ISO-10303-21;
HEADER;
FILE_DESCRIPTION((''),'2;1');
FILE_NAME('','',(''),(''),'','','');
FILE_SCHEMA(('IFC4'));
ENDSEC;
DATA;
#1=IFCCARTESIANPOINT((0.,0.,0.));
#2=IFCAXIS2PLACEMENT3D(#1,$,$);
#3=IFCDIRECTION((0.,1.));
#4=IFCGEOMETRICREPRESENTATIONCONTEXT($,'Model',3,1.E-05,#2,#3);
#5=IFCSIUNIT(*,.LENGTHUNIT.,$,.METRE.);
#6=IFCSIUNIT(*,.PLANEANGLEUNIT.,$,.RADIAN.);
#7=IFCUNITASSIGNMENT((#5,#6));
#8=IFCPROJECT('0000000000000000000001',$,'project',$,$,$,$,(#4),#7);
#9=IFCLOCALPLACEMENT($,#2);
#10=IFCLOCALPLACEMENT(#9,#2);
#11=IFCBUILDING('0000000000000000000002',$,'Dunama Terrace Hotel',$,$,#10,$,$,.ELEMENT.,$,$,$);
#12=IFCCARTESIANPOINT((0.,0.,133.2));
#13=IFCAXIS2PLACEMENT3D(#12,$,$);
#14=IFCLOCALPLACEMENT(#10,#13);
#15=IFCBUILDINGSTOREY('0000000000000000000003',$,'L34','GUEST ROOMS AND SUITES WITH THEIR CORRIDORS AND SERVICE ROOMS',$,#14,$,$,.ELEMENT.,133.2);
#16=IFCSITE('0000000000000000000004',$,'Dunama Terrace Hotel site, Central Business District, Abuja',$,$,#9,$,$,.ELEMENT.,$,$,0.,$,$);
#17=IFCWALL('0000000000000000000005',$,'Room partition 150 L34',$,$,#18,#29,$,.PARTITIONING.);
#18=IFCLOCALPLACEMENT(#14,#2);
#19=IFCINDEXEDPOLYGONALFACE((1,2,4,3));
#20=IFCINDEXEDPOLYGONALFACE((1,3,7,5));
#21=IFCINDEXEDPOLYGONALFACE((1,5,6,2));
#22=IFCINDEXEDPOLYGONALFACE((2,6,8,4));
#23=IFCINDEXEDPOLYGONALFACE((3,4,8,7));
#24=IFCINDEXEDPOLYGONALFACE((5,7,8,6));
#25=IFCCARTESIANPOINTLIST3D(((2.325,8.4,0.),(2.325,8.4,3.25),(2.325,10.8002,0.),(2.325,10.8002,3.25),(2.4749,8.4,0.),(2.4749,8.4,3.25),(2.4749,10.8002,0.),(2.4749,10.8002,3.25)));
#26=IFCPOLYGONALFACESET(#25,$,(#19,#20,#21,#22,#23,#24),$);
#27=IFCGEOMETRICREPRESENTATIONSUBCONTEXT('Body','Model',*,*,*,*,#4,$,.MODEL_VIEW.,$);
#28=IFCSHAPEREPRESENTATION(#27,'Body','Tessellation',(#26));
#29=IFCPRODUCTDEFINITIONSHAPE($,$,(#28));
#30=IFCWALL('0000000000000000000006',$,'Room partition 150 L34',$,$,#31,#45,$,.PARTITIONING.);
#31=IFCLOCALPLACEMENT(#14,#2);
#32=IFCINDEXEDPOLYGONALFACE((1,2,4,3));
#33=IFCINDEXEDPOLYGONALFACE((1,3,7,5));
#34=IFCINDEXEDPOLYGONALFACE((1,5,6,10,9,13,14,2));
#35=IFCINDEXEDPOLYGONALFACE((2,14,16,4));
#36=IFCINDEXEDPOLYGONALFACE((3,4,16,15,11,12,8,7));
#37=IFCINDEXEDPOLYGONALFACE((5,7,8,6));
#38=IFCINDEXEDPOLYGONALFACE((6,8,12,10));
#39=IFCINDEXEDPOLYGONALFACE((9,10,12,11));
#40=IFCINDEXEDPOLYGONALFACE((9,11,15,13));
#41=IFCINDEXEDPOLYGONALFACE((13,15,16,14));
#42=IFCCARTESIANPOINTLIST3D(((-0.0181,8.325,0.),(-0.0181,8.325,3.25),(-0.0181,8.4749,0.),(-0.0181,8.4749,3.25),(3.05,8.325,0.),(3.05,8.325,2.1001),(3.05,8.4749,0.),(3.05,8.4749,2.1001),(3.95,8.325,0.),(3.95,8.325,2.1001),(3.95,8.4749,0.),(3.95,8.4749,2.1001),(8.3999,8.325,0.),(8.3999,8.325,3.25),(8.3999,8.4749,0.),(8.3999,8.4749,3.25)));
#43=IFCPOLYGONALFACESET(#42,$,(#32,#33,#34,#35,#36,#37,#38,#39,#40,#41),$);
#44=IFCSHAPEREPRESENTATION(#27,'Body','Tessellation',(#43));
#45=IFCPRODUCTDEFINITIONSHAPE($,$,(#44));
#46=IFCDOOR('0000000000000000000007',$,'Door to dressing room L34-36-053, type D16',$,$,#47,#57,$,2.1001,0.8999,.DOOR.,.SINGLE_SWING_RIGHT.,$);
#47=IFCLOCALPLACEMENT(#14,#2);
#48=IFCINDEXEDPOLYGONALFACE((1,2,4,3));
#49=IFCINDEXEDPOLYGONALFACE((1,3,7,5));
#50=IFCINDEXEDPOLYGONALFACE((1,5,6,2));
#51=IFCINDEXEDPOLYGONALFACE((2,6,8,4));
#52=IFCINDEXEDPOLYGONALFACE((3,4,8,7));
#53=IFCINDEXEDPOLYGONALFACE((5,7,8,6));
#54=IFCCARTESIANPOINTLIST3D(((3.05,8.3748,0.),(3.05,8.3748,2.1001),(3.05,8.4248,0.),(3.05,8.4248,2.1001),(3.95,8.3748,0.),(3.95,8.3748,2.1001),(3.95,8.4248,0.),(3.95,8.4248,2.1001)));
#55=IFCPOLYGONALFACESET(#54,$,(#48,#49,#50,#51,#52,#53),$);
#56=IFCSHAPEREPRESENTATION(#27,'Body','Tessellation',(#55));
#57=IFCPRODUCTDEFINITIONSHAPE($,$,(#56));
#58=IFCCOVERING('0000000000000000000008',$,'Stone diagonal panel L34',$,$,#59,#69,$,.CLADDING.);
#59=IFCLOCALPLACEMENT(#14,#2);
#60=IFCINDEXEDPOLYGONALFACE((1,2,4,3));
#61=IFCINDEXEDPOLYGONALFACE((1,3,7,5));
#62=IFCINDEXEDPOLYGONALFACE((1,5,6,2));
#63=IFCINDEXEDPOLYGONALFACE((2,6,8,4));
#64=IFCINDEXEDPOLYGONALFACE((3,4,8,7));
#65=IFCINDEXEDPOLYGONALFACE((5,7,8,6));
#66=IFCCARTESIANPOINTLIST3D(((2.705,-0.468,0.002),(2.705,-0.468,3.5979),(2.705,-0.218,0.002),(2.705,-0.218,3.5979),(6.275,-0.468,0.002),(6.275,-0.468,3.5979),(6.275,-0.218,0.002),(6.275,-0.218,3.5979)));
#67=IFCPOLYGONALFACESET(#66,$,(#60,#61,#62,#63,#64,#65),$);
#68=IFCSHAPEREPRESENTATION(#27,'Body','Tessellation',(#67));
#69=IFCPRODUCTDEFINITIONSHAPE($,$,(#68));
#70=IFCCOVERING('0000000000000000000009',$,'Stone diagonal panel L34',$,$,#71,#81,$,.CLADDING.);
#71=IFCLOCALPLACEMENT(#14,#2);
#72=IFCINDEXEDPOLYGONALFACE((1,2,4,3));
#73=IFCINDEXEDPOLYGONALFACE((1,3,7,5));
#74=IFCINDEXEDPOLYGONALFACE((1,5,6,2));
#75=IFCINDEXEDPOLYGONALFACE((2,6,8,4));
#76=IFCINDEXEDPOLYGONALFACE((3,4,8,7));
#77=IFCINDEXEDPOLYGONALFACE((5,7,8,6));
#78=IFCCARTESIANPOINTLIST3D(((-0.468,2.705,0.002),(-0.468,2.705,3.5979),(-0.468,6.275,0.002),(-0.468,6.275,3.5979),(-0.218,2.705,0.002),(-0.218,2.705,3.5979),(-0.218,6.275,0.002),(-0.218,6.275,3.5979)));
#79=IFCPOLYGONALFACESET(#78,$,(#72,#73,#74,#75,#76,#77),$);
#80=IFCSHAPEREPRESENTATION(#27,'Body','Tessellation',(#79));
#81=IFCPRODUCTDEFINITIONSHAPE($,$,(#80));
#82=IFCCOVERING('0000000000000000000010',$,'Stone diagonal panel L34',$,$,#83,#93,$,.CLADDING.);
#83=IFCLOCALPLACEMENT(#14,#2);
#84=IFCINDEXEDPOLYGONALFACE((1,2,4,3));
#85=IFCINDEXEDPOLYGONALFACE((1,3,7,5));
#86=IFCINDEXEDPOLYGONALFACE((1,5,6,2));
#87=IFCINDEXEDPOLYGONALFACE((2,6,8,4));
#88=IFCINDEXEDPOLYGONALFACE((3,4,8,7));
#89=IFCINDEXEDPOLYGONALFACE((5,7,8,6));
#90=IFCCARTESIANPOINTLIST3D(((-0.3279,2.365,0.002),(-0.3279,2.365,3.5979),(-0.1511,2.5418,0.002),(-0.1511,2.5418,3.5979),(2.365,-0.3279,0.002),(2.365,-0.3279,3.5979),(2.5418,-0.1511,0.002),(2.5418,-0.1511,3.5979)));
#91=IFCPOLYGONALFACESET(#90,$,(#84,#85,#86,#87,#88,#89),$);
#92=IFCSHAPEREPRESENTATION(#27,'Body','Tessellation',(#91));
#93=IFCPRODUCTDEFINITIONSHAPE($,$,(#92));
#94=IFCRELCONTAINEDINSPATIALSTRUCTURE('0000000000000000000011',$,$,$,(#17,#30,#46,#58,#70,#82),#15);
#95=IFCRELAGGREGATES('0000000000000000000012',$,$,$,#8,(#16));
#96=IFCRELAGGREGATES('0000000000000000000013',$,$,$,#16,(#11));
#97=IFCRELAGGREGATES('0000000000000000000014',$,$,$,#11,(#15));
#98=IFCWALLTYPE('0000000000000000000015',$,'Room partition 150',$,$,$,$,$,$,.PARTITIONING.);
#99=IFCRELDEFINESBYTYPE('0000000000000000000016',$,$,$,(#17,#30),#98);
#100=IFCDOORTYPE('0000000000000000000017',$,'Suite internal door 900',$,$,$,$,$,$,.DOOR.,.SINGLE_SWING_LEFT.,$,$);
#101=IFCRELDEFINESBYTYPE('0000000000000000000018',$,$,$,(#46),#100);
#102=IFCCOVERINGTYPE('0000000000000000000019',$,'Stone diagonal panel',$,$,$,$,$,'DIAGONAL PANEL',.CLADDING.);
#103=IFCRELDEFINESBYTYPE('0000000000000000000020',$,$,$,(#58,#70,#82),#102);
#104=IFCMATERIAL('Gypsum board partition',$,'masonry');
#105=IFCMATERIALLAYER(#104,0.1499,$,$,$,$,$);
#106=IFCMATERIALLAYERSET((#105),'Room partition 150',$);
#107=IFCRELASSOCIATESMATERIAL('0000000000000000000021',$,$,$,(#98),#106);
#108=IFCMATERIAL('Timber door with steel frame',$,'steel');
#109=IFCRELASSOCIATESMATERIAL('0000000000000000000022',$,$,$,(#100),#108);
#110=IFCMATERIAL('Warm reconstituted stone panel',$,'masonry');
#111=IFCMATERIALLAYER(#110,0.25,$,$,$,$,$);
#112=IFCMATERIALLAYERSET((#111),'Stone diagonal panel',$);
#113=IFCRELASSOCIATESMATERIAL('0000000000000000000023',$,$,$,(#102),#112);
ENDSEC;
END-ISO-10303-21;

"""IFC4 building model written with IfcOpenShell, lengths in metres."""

from ifc_helpers import new_model, si_unit, direction, frame, frame_2d, origin, origin_2d, place, context, subcontext, project, spatial, rectangle, extrude, material, layer, layer_set, type_object, element, fill, save


model = new_model("IFC4")

# Units and contexts
model_context = context("Model", 3, precision=1e-05, world=origin(), true_north=direction((0.0, 1.0)))
body_context = subcontext(model_context, "Body", "Model", "MODEL_VIEW")
ifc_project = project(units=[si_unit("LENGTHUNIT", "METRE"), si_unit("PLANEANGLEUNIT", "RADIAN")], contexts=[model_context])

# Site, building, storey
site_placement = place(None, origin())
site = spatial("IfcSite", under=ifc_project, at=site_placement, Name="Dunama Terrace Hotel site, Central Business District, Abuja", CompositionType="ELEMENT", RefElevation=0.0)
building_placement = place(site_placement, origin())
building = spatial("IfcBuilding", under=site, at=building_placement, Name="Dunama Terrace Hotel", CompositionType="ELEMENT")
storey_placement = place(building_placement, frame((0.0, 0.0, 133.2)))
storey = spatial("IfcBuildingStorey", under=building, at=storey_placement, Name="L34", Description="GUEST ROOMS AND SUITES WITH THEIR CORRIDORS AND SERVICE ROOMS", CompositionType="ELEMENT", Elevation=133.2)

# Wall
ifc_material_1 = material(Name="Gypsum board partition", Category="masonry")
ifc_layer_1 = layer(ifc_material_1, 0.1499)
ifc_layer_set_1 = layer_set([ifc_layer_1], Name="Room partition 150")
wall_type_1 = type_object("IfcWallType", Name="Room partition 150", PredefinedType="PARTITIONING", material=ifc_layer_set_1)
wall_1_placement = place(storey_placement, frame((2.3999, 8.3999, 0.0), z_axis=(0.0, 0.0, 1.0), x_axis=(0.0, 1.0, 0.0)))
element("IfcWall", 1, at=wall_1_placement, inside=storey, type_object=wall_type_1, Name="Room partition 150 L34", PredefinedType="PARTITIONING", context=body_context, shape_type="SweptSolid", body=[
    extrude(rectangle(XDim=2.4001, YDim=0.1499, at=frame_2d((1.2002, 0.0))), origin(), (0.0, 0.0, 1.0), 3.25),
])

# Wall, opening, door
wall_2_placement = place(storey_placement, frame((-0.0181, 8.3999, 0.0), z_axis=(0.0, 0.0, 1.0), x_axis=(1.0, 0.0, 0.0)))
wall_2 = element("IfcWall", 2, at=wall_2_placement, inside=storey, type_object=wall_type_1, Name="Room partition 150 L34", PredefinedType="PARTITIONING", context=body_context, shape_type="SweptSolid", body=[
    extrude(rectangle(XDim=8.418, YDim=0.1499, at=frame_2d((4.209, 0.0))), origin(), (0.0, 0.0, 1.0), 3.25),
])
opening_1_placement = place(wall_2_placement, frame((3.0681, 0.0, 0.0)))
opening_1 = element("IfcOpeningElement", 3, at=opening_1_placement, cuts=wall_2, PredefinedType="OPENING", context=body_context, shape_type="SweptSolid", body=[
    extrude(rectangle(XDim=0.8999, YDim=2.1001, at=frame_2d((0.45, 1.05))), frame((0.0, 0.085, 0.0), z_axis=(0.0, -1.0, 0.0), x_axis=(1.0, 0.0, 0.0)), (0.0, 0.0, 1.0), 0.1699),
])
ifc_material_2 = material(Name="Timber door with steel frame", Category="steel")
door_type_1 = type_object("IfcDoorType", Name="Suite internal door 900", OperationType="SINGLE_SWING_LEFT", PredefinedType="DOOR", material=ifc_material_2)
door_1_placement = place(opening_1_placement, origin())
door_1 = element("IfcDoor", 4, at=door_1_placement, inside=storey, type_object=door_type_1, Name="Door to dressing room L34-36-053, type D16", OperationType="SINGLE_SWING_RIGHT", OverallHeight=2.1001, OverallWidth=0.8999, PredefinedType="DOOR", context=body_context, shape_type="SweptSolid", body=[
    extrude(rectangle(XDim=0.8999, YDim=2.1001, at=frame_2d((0.45, 1.05))), frame((0.0, 0.0249, 0.0), z_axis=(0.0, -1.0, 0.0), x_axis=(1.0, 0.0, 0.0)), (0.0, 0.0, 1.0), 0.05),
])
fill(opening_1, door_1)

# Coverings
ifc_material_3 = material(Name="Warm reconstituted stone panel", Category="masonry")
ifc_layer_2 = layer(ifc_material_3, 0.25)
ifc_layer_set_2 = layer_set([ifc_layer_2], Name="Stone diagonal panel")
covering_type = type_object("IfcCoveringType", Name="Stone diagonal panel", ElementType="DIAGONAL PANEL", PredefinedType="CLADDING", material=ifc_layer_set_2)
for number, where, z_axis, x_axis, name in (
    (5, (4.49, -0.343, 0.002), (0.0, 0.0, 1.0), (1.0, 0.0, 0.0), "Stone diagonal panel L34"),
    (6, (-0.343, 4.49, 0.002), (0.0, 0.0, 1.0), (0.0, -1.0, 0.0), "Stone diagonal panel L34"),
):
    element("IfcCovering", number, at=place(storey_placement, frame(where, z_axis=z_axis, x_axis=x_axis)), inside=storey, type_object=covering_type, Name=name, PredefinedType="CLADDING", context=body_context, shape_type="SweptSolid", body=[
        extrude(rectangle(XDim=3.5701, YDim=0.25, at=origin_2d()), origin(), (0.0, 0.0, 1.0), 3.5959),
    ])
covering_placement = place(storey_placement, frame((1.1069, 1.1069, 0.002), z_axis=(0.0, 0.0, 1.0), x_axis=(0.707107, -0.707107, 0.0)))
element("IfcCovering", 7, at=covering_placement, inside=storey, type_object=covering_type, Name="Stone diagonal panel L34", PredefinedType="CLADDING", context=body_context, shape_type="SweptSolid", body=[
    extrude(rectangle(XDim=3.8083, YDim=0.25, at=origin_2d()), origin(), (0.0, 0.0, 1.0), 3.5959),
])

save(model, "model.ifc")
